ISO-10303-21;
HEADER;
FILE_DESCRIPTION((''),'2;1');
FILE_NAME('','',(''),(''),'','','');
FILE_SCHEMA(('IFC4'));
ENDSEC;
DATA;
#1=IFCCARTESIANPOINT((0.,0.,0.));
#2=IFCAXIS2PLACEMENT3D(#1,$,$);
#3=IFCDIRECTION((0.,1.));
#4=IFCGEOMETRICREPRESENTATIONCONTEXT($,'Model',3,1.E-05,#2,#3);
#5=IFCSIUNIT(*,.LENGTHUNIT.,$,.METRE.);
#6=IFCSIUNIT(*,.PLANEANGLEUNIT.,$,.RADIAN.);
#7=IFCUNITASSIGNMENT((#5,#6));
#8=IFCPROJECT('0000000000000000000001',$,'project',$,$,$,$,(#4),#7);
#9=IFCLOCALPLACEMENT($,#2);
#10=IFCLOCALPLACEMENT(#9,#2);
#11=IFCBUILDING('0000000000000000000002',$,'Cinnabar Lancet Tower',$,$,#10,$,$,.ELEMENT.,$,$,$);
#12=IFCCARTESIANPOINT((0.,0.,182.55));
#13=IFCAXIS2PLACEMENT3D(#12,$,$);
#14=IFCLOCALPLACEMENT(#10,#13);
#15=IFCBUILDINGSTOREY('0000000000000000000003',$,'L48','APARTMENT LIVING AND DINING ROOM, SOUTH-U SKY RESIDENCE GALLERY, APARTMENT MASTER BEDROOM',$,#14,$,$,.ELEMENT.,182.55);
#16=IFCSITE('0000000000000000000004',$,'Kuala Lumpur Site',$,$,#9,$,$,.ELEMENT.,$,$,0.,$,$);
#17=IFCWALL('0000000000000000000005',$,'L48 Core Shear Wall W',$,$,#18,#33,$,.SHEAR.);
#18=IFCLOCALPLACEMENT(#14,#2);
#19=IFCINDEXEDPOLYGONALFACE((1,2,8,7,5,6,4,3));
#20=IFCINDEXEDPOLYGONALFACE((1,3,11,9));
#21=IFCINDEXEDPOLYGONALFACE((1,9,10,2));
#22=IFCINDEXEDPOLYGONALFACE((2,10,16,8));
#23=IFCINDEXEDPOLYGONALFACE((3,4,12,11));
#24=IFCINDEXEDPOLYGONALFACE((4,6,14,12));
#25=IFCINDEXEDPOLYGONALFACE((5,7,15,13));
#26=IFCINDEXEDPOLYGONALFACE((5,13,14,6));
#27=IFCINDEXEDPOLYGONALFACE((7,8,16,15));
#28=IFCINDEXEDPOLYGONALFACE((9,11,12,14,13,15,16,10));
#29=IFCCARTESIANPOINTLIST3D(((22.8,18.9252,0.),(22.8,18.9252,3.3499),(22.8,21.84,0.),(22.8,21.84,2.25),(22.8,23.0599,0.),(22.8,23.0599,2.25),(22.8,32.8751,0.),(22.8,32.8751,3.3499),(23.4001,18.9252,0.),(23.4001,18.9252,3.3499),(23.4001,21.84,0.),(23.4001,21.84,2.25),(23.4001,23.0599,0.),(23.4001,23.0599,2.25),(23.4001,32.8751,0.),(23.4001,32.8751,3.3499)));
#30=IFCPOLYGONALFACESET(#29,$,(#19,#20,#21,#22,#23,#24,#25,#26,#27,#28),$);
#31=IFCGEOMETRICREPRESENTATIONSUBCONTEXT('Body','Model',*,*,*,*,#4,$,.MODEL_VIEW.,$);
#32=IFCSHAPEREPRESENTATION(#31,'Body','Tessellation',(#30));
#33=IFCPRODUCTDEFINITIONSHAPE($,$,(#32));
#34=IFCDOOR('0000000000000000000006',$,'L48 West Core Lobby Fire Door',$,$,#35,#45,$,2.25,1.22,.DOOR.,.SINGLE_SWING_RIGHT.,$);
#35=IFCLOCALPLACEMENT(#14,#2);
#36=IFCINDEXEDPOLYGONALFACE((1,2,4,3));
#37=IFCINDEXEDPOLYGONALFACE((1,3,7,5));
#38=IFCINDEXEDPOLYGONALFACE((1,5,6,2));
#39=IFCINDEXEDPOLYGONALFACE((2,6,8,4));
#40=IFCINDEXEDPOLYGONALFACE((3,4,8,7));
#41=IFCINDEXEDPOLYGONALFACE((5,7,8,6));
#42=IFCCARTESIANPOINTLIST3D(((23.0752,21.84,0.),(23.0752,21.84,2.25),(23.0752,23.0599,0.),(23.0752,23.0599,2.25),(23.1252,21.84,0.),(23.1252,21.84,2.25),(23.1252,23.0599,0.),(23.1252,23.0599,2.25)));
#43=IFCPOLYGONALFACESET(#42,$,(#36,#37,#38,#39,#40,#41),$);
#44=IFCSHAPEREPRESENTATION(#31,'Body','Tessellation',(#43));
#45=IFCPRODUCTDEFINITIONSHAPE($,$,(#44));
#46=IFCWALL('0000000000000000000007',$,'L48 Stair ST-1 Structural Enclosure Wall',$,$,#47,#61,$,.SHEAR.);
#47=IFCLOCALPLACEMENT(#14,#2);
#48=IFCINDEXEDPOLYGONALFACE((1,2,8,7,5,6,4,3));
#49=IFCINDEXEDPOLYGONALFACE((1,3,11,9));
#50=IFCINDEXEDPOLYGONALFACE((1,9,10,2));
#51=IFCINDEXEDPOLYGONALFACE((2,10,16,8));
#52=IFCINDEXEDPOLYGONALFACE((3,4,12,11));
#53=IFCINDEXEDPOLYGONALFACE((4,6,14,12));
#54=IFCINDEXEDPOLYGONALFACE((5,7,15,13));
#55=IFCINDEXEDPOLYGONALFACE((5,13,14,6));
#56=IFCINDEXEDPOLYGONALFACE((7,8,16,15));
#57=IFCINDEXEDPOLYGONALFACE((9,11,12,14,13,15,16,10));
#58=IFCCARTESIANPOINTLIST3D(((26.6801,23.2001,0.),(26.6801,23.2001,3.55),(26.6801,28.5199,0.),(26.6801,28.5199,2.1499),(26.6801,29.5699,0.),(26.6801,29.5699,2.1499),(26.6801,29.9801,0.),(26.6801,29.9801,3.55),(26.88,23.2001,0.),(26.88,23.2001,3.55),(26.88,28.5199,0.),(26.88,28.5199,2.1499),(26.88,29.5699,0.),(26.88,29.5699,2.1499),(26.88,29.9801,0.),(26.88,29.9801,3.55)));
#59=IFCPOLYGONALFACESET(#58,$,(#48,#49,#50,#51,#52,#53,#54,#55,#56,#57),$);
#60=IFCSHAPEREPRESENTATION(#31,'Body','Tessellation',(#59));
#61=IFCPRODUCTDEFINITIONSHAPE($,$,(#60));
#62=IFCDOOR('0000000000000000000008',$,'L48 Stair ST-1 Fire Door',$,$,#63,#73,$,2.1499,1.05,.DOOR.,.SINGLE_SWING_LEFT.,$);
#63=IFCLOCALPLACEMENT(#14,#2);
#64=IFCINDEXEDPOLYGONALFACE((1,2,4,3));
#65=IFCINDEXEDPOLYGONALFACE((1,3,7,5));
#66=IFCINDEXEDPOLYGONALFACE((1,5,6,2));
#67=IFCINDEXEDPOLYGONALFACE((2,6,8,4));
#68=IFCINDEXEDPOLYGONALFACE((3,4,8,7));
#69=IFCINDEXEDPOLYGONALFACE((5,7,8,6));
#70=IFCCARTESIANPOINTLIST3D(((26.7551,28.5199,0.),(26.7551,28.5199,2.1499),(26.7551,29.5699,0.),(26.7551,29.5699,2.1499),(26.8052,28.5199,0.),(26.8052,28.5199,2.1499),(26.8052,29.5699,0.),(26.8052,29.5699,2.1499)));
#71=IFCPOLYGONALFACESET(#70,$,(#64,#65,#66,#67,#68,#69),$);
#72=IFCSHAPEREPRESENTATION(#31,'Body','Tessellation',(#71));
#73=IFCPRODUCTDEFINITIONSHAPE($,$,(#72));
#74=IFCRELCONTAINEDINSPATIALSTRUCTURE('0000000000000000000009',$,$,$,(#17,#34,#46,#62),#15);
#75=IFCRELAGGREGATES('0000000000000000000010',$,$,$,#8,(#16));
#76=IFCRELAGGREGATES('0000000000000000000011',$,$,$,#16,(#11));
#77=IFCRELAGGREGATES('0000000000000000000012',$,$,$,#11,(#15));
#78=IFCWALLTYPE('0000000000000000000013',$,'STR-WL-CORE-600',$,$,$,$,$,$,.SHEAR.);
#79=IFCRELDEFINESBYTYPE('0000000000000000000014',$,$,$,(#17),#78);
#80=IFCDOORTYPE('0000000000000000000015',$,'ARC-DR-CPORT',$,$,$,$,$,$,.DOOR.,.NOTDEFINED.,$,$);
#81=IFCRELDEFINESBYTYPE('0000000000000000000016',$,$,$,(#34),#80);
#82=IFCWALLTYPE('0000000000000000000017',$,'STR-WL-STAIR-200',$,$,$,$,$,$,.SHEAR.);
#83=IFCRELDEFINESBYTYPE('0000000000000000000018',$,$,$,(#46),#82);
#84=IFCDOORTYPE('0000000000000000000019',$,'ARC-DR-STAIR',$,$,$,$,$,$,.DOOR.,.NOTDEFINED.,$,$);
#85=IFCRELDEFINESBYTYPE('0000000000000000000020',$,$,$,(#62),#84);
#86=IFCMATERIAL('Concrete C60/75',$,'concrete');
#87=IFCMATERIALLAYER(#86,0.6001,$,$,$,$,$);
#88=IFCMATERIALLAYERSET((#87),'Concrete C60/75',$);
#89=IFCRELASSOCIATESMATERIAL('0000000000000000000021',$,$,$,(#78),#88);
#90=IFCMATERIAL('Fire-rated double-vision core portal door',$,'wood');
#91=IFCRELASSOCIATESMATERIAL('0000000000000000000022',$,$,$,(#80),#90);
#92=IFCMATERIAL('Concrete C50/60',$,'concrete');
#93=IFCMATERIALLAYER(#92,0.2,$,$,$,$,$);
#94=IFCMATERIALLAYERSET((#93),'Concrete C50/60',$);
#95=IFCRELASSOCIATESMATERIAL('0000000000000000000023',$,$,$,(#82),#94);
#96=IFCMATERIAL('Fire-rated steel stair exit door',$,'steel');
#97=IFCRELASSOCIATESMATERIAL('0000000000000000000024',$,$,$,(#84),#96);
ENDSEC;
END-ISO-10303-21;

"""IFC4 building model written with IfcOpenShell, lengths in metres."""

from ifc_helpers import new_model, si_unit, direction, frame, frame_2d, origin, place, context, subcontext, project, spatial, rectangle, extrude, material, layer, layer_set, type_object, element, fill, save


model = new_model("IFC4")

# Units and contexts
model_context = context("Model", 3, precision=1e-05, world=origin(), true_north=direction((0.0, 1.0)))
body_context = subcontext(model_context, "Body", "Model", "MODEL_VIEW")
ifc_project = project(units=[si_unit("LENGTHUNIT", "METRE"), si_unit("PLANEANGLEUNIT", "RADIAN")], contexts=[model_context])

# Site, building, storey
site_placement = place(None, origin())
site = spatial("IfcSite", under=ifc_project, at=site_placement, Name="Kuala Lumpur Site", CompositionType="ELEMENT", RefElevation=0.0)
building_placement = place(site_placement, origin())
building = spatial("IfcBuilding", under=site, at=building_placement, Name="Cinnabar Lancet Tower", CompositionType="ELEMENT")
storey_placement = place(building_placement, frame((0.0, 0.0, 182.55)))
storey = spatial("IfcBuildingStorey", under=building, at=storey_placement, Name="L48", Description="APARTMENT LIVING AND DINING ROOM, SOUTH-U SKY RESIDENCE GALLERY, APARTMENT MASTER BEDROOM", CompositionType="ELEMENT", Elevation=182.55)

# Shared definitions
ifc_material_1 = material(Name="Concrete C60/75", Category="concrete")
ifc_layer_1 = layer(ifc_material_1, 0.6001)
ifc_layer_set_1 = layer_set([ifc_layer_1], Name="Concrete C60/75")
wall_type_1 = type_object("IfcWallType", Name="STR-WL-CORE-600", PredefinedType="SHEAR", material=ifc_layer_set_1)

# Walls, openings, doors
wall_1_placement = place(storey_placement, frame((23.1001, 18.925, 0.0), z_axis=(0.0, 0.0, 1.0), x_axis=(0.0, 1.0, 0.0)))
wall_1 = element("IfcWall", 1, at=wall_1_placement, inside=storey, type_object=wall_type_1, Name="L48 Core Shear Wall W", PredefinedType="SHEAR", context=body_context, shape_type="SweptSolid", body=[
    extrude(rectangle(XDim=13.95, YDim=0.6001, at=frame_2d((6.9751, 0.0))), origin(), (0.0, 0.0, 1.0), 3.3499),
])
opening_1_placement = place(wall_1_placement, frame((2.915, 0.0, 0.0)))
opening_1 = element("IfcOpeningElement", 2, at=opening_1_placement, cuts=wall_1, PredefinedType="OPENING", context=body_context, shape_type="SweptSolid", body=[
    extrude(rectangle(XDim=1.22, YDim=2.25, at=frame_2d((0.6099, 1.125))), frame((0.0, 0.3101, 0.0), z_axis=(0.0, -1.0, 0.0), x_axis=(1.0, 0.0, 0.0)), (0.0, 0.0, 1.0), 0.6201),
])
ifc_material_2 = material(Name="Fire-rated double-vision core portal door", Category="wood")
door_type_1 = type_object("IfcDoorType", Name="ARC-DR-CPORT", OperationType="NOTDEFINED", PredefinedType="DOOR", material=ifc_material_2)
door_1_placement = place(opening_1_placement, origin())
door_1 = element("IfcDoor", 3, at=door_1_placement, inside=storey, type_object=door_type_1, Name="L48 West Core Lobby Fire Door", OperationType="SINGLE_SWING_RIGHT", OverallHeight=2.25, OverallWidth=1.22, PredefinedType="DOOR", context=body_context, shape_type="SweptSolid", body=[
    extrude(rectangle(XDim=1.22, YDim=2.25, at=frame_2d((0.6099, 1.125))), frame((0.0, 0.0249, 0.0), z_axis=(0.0, -1.0, 0.0), x_axis=(1.0, 0.0, 0.0)), (0.0, 0.0, 1.0), 0.05),
])
fill(opening_1, door_1)
ifc_material_3 = material(Name="Concrete C50/60", Category="concrete")
ifc_layer_2 = layer(ifc_material_3, 0.2)
ifc_layer_set_2 = layer_set([ifc_layer_2], Name="Concrete C50/60")
wall_type_2 = type_object("IfcWallType", Name="STR-WL-STAIR-200", PredefinedType="SHEAR", material=ifc_layer_set_2)
wall_2_placement = place(storey_placement, frame((26.78, 23.2, 0.0), z_axis=(0.0, 0.0, 1.0), x_axis=(0.0, 1.0, 0.0)))
wall_2 = element("IfcWall", 4, at=wall_2_placement, inside=storey, type_object=wall_type_2, Name="L48 Stair ST-1 Structural Enclosure Wall", PredefinedType="SHEAR", context=body_context, shape_type="SweptSolid", body=[
    extrude(rectangle(XDim=6.78, YDim=0.2, at=frame_2d((3.3901, 0.0))), origin(), (0.0, 0.0, 1.0), 3.55),
])
opening_2_placement = place(wall_2_placement, frame((5.3201, 0.0, 0.0)))
opening_2 = element("IfcOpeningElement", 5, at=opening_2_placement, cuts=wall_2, PredefinedType="OPENING", context=body_context, shape_type="SweptSolid", body=[
    extrude(rectangle(XDim=1.05, YDim=2.1499, at=frame_2d((0.5249, 1.075))), frame((0.0, 0.1099, 0.0), z_axis=(0.0, -1.0, 0.0), x_axis=(1.0, 0.0, 0.0)), (0.0, 0.0, 1.0), 0.22),
])
ifc_material_4 = material(Name="Fire-rated steel stair exit door", Category="steel")
door_type_2 = type_object("IfcDoorType", Name="ARC-DR-STAIR", OperationType="NOTDEFINED", PredefinedType="DOOR", material=ifc_material_4)
door_2_placement = place(opening_2_placement, origin())
door_2 = element("IfcDoor", 6, at=door_2_placement, inside=storey, type_object=door_type_2, Name="L48 Stair ST-1 Fire Door", OperationType="SINGLE_SWING_LEFT", OverallHeight=2.1499, OverallWidth=1.05, PredefinedType="DOOR", context=body_context, shape_type="SweptSolid", body=[
    extrude(rectangle(XDim=1.05, YDim=2.1499, at=frame_2d((0.5249, 1.075))), frame((0.0, 0.0249, 0.0), z_axis=(0.0, -1.0, 0.0), x_axis=(1.0, 0.0, 0.0)), (0.0, 0.0, 1.0), 0.05),
])
fill(opening_2, door_2)

save(model, "model.ifc")
